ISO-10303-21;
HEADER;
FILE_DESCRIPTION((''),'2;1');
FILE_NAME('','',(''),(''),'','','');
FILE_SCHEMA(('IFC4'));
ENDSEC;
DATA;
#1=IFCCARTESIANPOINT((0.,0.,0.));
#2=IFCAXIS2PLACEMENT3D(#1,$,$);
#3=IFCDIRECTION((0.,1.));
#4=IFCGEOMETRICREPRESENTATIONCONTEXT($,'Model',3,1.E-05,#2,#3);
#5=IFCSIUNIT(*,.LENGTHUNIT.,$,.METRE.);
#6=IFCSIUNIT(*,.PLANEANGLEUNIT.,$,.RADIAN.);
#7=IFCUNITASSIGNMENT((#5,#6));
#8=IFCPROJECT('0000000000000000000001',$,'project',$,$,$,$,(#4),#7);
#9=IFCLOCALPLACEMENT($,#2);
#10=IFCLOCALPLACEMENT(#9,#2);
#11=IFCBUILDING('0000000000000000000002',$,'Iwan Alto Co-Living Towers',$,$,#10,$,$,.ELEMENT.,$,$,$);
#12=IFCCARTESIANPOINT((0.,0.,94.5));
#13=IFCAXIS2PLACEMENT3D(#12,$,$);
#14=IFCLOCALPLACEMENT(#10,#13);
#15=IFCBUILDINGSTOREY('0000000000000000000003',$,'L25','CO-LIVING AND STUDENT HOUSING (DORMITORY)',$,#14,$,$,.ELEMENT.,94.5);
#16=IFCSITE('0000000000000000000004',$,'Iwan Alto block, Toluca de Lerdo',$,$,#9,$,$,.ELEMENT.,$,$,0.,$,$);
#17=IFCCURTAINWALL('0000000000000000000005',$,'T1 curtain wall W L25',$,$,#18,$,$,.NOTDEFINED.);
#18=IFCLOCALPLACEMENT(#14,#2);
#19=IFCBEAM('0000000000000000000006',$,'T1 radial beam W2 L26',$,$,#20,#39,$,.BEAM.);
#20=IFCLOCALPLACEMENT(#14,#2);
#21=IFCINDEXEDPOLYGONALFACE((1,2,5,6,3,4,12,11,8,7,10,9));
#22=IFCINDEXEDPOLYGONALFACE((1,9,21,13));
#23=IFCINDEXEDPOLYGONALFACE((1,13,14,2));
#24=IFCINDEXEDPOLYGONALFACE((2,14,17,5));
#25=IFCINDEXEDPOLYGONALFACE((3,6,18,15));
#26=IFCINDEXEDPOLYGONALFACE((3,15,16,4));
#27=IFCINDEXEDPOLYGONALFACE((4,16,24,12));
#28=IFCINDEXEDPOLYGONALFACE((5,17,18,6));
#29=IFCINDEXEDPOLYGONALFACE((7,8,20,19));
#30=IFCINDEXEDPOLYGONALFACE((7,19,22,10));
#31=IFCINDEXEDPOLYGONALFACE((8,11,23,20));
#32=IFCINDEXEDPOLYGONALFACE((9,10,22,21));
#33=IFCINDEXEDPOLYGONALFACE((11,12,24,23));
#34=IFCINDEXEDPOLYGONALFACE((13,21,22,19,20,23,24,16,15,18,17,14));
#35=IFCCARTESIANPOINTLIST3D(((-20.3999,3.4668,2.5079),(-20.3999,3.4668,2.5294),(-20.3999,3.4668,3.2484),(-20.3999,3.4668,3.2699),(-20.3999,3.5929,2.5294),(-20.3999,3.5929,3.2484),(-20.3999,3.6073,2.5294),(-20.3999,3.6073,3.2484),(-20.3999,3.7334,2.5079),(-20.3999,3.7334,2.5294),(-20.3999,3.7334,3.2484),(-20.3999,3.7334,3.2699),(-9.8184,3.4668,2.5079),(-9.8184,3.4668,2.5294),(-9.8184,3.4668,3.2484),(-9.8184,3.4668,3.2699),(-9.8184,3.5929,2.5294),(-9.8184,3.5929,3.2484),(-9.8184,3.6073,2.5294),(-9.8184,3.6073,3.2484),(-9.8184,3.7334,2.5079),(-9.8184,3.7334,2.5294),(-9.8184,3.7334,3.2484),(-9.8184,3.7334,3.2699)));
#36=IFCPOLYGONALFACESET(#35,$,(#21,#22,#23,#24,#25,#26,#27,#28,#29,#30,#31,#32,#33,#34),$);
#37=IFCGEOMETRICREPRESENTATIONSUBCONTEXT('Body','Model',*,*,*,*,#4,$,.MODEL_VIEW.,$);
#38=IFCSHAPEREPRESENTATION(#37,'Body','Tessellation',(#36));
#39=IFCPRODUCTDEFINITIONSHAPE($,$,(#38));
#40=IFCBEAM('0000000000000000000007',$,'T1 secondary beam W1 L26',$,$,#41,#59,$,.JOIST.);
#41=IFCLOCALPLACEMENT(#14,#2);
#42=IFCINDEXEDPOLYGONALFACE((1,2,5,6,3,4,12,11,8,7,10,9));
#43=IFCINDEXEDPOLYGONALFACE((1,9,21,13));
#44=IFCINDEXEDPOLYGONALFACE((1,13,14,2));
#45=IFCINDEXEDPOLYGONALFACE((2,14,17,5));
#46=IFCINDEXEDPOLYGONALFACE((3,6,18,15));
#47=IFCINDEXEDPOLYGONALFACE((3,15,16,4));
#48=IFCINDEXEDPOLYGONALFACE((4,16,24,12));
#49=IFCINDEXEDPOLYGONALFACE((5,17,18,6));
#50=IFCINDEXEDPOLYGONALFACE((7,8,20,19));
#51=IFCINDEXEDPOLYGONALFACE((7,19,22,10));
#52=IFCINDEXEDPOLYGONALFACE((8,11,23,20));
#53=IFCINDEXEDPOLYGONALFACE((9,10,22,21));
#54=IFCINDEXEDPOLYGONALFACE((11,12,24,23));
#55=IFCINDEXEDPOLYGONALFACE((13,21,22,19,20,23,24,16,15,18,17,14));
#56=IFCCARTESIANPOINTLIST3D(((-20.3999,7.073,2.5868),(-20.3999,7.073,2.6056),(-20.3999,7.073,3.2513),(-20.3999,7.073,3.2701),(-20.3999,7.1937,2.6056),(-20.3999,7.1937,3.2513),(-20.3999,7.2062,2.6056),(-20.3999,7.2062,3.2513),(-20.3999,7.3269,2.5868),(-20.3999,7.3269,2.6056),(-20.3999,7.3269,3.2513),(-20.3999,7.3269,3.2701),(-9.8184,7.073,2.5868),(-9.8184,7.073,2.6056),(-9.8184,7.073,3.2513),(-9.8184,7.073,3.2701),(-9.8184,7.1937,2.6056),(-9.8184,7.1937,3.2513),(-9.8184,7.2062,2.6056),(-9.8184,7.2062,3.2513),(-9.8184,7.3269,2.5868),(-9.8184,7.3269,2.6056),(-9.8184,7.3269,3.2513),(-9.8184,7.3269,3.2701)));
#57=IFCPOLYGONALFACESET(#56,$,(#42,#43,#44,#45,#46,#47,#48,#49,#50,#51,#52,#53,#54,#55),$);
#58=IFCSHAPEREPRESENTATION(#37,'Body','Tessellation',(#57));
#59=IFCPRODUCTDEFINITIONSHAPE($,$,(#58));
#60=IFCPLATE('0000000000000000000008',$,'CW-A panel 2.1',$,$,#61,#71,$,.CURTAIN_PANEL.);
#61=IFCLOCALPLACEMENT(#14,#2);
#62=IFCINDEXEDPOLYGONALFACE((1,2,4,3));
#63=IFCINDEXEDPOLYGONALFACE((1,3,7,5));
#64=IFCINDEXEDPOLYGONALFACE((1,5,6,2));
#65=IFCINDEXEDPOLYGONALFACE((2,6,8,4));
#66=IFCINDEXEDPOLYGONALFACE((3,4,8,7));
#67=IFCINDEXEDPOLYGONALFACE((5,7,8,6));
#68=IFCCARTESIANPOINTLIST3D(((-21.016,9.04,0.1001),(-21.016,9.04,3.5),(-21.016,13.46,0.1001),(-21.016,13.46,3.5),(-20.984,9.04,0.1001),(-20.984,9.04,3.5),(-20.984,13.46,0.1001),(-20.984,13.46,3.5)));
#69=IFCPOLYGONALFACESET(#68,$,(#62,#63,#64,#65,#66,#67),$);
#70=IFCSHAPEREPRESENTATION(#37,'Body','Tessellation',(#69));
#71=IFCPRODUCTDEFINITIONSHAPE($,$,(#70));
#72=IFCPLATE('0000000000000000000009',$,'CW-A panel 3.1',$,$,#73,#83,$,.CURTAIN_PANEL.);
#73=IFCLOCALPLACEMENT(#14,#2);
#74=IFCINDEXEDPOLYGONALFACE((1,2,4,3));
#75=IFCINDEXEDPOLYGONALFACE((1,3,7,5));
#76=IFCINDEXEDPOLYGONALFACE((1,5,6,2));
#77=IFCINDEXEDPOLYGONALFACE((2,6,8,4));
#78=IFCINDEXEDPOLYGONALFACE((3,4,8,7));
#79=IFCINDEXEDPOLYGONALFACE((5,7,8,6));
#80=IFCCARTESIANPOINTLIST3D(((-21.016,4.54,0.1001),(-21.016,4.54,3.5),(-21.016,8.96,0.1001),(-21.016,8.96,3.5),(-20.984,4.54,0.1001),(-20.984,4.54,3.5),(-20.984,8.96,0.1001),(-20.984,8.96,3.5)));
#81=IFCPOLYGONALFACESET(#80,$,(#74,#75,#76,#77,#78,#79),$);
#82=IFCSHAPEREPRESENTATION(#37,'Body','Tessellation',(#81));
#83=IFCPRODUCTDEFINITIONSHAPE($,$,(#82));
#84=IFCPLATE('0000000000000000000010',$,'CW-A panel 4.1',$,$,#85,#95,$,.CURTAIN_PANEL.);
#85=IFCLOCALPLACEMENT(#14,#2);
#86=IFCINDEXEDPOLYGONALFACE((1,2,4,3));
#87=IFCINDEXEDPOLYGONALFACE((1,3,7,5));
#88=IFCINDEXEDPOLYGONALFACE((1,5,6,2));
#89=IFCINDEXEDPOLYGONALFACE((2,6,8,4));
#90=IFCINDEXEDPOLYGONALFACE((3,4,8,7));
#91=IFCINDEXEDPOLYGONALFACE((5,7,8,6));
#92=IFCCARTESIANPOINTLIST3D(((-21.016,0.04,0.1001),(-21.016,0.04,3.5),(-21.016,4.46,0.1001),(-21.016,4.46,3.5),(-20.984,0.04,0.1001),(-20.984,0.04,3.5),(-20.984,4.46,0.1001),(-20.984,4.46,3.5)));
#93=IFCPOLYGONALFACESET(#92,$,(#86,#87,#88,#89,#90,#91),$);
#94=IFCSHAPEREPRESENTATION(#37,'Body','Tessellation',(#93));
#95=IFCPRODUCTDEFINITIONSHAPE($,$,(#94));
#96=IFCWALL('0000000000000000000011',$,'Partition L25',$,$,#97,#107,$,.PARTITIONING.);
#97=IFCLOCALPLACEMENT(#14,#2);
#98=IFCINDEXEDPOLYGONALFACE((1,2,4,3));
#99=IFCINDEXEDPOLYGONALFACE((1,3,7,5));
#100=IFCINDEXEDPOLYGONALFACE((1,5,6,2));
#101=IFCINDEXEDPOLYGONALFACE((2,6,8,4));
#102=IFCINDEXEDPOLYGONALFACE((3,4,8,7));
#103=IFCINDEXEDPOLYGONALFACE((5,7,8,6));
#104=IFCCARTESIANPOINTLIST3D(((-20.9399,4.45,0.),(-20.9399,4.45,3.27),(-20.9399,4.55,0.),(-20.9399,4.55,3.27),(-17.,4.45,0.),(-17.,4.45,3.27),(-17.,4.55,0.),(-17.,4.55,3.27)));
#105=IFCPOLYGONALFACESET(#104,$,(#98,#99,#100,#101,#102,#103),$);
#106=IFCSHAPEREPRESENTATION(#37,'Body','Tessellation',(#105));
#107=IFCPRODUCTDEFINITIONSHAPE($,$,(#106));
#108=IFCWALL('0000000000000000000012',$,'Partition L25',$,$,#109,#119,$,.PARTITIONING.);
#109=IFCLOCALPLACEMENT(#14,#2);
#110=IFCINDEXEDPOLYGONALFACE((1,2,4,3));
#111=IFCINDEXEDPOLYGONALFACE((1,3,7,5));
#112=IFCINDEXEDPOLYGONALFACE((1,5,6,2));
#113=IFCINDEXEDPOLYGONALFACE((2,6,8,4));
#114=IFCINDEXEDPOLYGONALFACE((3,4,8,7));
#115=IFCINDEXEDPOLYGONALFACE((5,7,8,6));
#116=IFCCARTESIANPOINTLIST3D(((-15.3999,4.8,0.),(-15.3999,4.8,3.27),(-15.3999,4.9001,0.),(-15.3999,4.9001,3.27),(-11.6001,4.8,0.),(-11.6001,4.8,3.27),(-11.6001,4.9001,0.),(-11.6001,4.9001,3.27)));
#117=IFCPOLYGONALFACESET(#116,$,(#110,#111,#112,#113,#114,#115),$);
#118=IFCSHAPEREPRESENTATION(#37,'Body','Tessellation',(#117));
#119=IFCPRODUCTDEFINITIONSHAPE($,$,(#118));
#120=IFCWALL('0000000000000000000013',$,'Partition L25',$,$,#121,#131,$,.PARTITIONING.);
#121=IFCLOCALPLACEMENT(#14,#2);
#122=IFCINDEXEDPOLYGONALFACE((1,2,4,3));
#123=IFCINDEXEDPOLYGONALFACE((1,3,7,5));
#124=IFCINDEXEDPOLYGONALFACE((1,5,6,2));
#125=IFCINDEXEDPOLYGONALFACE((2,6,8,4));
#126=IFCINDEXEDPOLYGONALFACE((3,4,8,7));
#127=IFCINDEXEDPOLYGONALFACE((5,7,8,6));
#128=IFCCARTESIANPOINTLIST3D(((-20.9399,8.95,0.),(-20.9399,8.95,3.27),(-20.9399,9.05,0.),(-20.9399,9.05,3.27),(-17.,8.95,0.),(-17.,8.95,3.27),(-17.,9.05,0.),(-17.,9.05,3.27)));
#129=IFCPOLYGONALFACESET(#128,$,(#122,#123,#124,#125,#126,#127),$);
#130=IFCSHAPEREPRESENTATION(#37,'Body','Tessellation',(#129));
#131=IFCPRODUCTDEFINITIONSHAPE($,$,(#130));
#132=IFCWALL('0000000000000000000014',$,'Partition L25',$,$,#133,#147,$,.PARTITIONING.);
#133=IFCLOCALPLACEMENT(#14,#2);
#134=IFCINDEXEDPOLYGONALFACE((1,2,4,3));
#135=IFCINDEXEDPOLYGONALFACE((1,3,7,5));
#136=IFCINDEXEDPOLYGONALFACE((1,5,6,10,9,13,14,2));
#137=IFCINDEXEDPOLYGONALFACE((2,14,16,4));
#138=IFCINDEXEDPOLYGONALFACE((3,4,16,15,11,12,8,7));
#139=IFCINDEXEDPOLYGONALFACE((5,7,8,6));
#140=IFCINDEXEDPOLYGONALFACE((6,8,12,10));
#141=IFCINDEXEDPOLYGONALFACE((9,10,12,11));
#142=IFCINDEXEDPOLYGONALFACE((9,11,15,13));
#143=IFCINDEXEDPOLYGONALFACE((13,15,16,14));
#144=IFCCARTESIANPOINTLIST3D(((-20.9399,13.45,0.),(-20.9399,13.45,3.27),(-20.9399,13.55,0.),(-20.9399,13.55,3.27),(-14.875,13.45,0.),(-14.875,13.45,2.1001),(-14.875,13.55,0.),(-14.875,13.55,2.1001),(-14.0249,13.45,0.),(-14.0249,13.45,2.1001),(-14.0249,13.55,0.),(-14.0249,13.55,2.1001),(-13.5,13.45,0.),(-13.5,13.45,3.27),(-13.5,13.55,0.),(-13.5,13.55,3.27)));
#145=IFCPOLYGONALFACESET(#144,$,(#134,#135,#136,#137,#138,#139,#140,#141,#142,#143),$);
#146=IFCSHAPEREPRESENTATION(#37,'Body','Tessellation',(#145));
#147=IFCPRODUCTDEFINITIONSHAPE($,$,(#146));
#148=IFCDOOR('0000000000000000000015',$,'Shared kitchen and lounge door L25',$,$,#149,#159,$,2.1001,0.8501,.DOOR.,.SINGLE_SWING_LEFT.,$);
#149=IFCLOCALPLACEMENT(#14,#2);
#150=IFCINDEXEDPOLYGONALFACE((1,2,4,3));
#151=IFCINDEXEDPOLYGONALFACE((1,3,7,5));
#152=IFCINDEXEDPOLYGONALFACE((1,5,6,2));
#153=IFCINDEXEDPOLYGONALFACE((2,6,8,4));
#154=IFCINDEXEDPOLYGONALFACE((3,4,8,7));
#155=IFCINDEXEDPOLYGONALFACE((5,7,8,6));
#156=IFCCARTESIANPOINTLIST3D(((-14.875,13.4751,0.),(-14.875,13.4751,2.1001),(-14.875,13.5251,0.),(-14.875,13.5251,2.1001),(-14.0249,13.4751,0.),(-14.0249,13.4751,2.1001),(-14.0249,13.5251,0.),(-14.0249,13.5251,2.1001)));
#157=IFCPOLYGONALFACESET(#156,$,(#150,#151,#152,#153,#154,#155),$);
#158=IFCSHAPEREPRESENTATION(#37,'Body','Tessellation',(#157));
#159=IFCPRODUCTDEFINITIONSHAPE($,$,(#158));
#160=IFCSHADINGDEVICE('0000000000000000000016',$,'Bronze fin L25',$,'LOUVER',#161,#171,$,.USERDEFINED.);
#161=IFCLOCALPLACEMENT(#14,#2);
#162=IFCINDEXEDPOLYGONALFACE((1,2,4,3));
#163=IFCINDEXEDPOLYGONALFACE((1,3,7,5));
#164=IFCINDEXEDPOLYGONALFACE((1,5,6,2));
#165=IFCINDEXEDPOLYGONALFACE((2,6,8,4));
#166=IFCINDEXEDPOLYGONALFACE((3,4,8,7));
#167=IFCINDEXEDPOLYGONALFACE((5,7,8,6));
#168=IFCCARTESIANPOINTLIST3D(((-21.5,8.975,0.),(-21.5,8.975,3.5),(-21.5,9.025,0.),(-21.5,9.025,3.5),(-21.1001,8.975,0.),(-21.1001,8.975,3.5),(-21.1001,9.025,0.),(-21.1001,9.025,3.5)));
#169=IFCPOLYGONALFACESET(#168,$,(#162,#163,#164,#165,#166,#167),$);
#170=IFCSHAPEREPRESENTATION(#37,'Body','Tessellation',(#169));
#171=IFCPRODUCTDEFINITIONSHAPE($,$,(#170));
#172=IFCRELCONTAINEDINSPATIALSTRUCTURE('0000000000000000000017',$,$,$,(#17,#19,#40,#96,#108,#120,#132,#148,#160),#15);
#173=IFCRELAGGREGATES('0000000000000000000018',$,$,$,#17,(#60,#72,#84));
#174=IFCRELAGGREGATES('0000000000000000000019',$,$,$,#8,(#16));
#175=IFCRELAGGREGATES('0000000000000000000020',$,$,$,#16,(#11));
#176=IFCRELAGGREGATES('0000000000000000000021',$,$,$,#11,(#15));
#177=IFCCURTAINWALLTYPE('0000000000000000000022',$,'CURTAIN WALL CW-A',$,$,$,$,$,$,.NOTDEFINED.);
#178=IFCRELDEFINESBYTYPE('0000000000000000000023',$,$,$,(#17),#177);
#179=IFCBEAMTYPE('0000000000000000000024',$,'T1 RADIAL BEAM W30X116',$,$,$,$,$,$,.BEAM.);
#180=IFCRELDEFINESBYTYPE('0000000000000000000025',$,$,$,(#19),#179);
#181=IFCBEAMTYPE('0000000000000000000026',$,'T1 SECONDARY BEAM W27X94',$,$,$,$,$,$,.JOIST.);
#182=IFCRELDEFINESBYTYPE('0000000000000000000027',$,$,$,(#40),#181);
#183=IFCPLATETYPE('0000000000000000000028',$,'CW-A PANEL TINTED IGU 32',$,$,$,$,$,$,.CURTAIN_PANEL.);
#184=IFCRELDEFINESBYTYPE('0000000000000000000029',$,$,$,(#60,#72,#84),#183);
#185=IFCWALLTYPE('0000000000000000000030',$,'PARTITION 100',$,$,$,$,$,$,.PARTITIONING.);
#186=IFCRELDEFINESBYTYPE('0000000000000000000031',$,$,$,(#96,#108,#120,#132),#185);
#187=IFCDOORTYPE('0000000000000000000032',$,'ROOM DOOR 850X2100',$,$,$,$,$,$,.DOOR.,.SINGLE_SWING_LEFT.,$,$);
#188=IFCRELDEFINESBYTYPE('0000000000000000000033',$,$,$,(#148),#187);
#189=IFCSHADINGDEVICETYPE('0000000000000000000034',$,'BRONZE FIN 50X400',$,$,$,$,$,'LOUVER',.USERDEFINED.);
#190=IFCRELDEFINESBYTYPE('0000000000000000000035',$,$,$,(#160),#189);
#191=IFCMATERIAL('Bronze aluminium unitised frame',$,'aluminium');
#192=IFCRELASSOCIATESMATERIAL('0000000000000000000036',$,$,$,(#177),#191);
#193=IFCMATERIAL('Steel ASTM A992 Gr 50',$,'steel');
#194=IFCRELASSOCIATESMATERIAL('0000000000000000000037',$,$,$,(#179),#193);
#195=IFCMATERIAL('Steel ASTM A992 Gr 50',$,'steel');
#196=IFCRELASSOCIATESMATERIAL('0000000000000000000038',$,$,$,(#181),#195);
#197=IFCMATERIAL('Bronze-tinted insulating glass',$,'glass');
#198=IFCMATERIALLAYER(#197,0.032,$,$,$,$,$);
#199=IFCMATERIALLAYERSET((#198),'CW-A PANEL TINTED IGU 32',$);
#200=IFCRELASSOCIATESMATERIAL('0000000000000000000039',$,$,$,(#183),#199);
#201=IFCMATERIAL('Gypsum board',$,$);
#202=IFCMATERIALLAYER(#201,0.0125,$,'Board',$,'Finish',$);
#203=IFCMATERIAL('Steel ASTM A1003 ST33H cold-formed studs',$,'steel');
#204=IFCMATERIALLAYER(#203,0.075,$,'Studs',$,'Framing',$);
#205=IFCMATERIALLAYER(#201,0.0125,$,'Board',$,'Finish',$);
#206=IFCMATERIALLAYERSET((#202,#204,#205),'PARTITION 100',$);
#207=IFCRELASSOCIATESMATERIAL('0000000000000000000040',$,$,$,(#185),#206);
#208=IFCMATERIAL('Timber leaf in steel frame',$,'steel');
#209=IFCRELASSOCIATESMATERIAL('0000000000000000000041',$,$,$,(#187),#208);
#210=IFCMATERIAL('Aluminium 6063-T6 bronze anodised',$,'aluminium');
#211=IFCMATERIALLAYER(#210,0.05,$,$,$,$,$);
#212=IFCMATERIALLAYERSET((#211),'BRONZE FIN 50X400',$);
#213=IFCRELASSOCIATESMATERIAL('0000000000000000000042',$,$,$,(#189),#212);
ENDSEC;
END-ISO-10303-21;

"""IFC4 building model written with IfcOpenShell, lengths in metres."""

from ifc_helpers import new_model, si_unit, direction, frame, frame_2d, origin, origin_2d, place, context, subcontext, project, spatial, rectangle, i_section, extrude, material, layer, layer_set, material_profile, profile_set, type_object, element, fill, aggregate, save


model = new_model("IFC4")

# Units and contexts
model_context = context("Model", 3, precision=1e-05, world=origin(), true_north=direction((0.0, 1.0)))
body_context = subcontext(model_context, "Body", "Model", "MODEL_VIEW")
ifc_project = project(units=[si_unit("LENGTHUNIT", "METRE"), si_unit("PLANEANGLEUNIT", "RADIAN")], contexts=[model_context])

# Site, building, storey
site_placement = place(None, origin())
site = spatial("IfcSite", under=ifc_project, at=site_placement, Name="Iwan Alto block, Toluca de Lerdo", CompositionType="ELEMENT", RefElevation=0.0)
building_placement = place(site_placement, origin())
building = spatial("IfcBuilding", under=site, at=building_placement, Name="Iwan Alto Co-Living Towers", CompositionType="ELEMENT")
storey_placement = place(building_placement, frame((0.0, 0.0, 94.5)))
storey = spatial("IfcBuildingStorey", under=building, at=storey_placement, Name="L25", Description="CO-LIVING AND STUDENT HOUSING (DORMITORY)", CompositionType="ELEMENT", Elevation=94.5)

# Curtain wall
ifc_material_1 = material(Name="Bronze aluminium unitised frame", Category="aluminium")
curtain_wall_type = type_object("IfcCurtainWallType", Name="CURTAIN WALL CW-A", PredefinedType="NOTDEFINED", material=ifc_material_1)
curtain_wall_placement = place(storey_placement, origin())
curtain_wall = element("IfcCurtainWall", 1, at=curtain_wall_placement, inside=storey, type_object=curtain_wall_type, Name="T1 curtain wall W L25", PredefinedType="NOTDEFINED")

# Beams
ifc_material_2 = material(Name="Steel ASTM A992 Gr 50", Category="steel")
ifc_material_profile_1 = material_profile(ifc_material_2, i_section(OverallWidth=0.2666, OverallDepth=0.762, WebThickness=0.0144, FlangeThickness=0.0215, at=origin_2d()), Name="W30X116")
ifc_profile_set_1 = profile_set([ifc_material_profile_1], Name="Steel ASTM A992 Gr 50")
beam_type_1 = type_object("IfcBeamType", Name="T1 RADIAL BEAM W30X116", PredefinedType="BEAM", material=ifc_profile_set_1)
beam_1_placement = place(storey_placement, frame((-20.3999, 3.6001, 2.8889), z_axis=(1.0, 0.0, 0.0), x_axis=(0.0, 1.0, 0.0)))
element("IfcBeam", 2, at=beam_1_placement, inside=storey, type_object=beam_type_1, Name="T1 radial beam W2 L26", PredefinedType="BEAM", context=body_context, shape_type="SweptSolid", body=[
    extrude(i_section(OverallWidth=0.2666, OverallDepth=0.762, WebThickness=0.0144, FlangeThickness=0.0215, at=origin_2d()), origin(), (0.0, 0.0, 1.0), 10.5815),
])
ifc_material_3 = material(Name="Steel ASTM A992 Gr 50", Category="steel")
ifc_material_profile_2 = material_profile(ifc_material_3, i_section(OverallWidth=0.2539, OverallDepth=0.6833, WebThickness=0.0125, FlangeThickness=0.0188, at=origin_2d()), Name="W27X94")
ifc_profile_set_2 = profile_set([ifc_material_profile_2], Name="Steel ASTM A992 Gr 50")
beam_type_2 = type_object("IfcBeamType", Name="T1 SECONDARY BEAM W27X94", PredefinedType="JOIST", material=ifc_profile_set_2)
beam_2_placement = place(storey_placement, frame((-20.3999, 7.2, 2.9285), z_axis=(1.0, 0.0, 0.0), x_axis=(0.0, 1.0, 0.0)))
element("IfcBeam", 3, at=beam_2_placement, inside=storey, type_object=beam_type_2, Name="T1 secondary beam W1 L26", PredefinedType="JOIST", context=body_context, shape_type="SweptSolid", body=[
    extrude(i_section(OverallWidth=0.2539, OverallDepth=0.6833, WebThickness=0.0125, FlangeThickness=0.0188, at=origin_2d()), origin(), (0.0, 0.0, 1.0), 10.5815),
])

# Plates
ifc_material_4 = material(Name="Bronze-tinted insulating glass", Category="glass")
ifc_layer_1 = layer(ifc_material_4, 0.032)
ifc_layer_set_1 = layer_set([ifc_layer_1], Name="CW-A PANEL TINTED IGU 32")
plate_type = type_object("IfcPlateType", Name="CW-A PANEL TINTED IGU 32", PredefinedType="CURTAIN_PANEL", material=ifc_layer_set_1)
plate_1_placement = place(storey_placement, frame((-21.0, 11.25, 0.1001), z_axis=(0.0, 0.0, 1.0), x_axis=(0.0, -1.0, 0.0)))
plate_1 = element("IfcPlate", 4, at=plate_1_placement, type_object=plate_type, Name="CW-A panel 2.1", PredefinedType="CURTAIN_PANEL", context=body_context, shape_type="SweptSolid", body=[
    extrude(rectangle(XDim=4.4199, YDim=0.032, at=origin_2d()), origin(), (0.0, 0.0, 1.0), 3.3999),
])
plate_2_placement = place(storey_placement, frame((-21.0, 6.75, 0.1001), z_axis=(0.0, 0.0, 1.0), x_axis=(0.0, -1.0, 0.0)))
plate_2 = element("IfcPlate", 5, at=plate_2_placement, type_object=plate_type, Name="CW-A panel 3.1", PredefinedType="CURTAIN_PANEL", context=body_context, shape_type="SweptSolid", body=[
    extrude(rectangle(XDim=4.4199, YDim=0.032, at=origin_2d()), origin(), (0.0, 0.0, 1.0), 3.3999),
])
plate_3_placement = place(storey_placement, frame((-21.0, 2.25, 0.1001), z_axis=(0.0, 0.0, 1.0), x_axis=(0.0, -1.0, 0.0)))
plate_3 = element("IfcPlate", 6, at=plate_3_placement, type_object=plate_type, Name="CW-A panel 4.1", PredefinedType="CURTAIN_PANEL", context=body_context, shape_type="SweptSolid", body=[
    extrude(rectangle(XDim=4.4199, YDim=0.032, at=origin_2d()), origin(), (0.0, 0.0, 1.0), 3.3999),
])
aggregate(curtain_wall, [plate_1, plate_2, plate_3])

# Walls
ifc_material_5 = material(Name="Gypsum board")
ifc_layer_2 = layer(ifc_material_5, 0.0125, Name="Board", Category="Finish")
ifc_material_6 = material(Name="Steel ASTM A1003 ST33H cold-formed studs", Category="steel")
ifc_layer_3 = layer(ifc_material_6, 0.075, Name="Studs", Category="Framing")
ifc_layer_4 = layer(ifc_material_5, 0.0125, Name="Board", Category="Finish")
ifc_layer_set_2 = layer_set([ifc_layer_2, ifc_layer_3, ifc_layer_4], Name="PARTITION 100")
wall_type = type_object("IfcWallType", Name="PARTITION 100", PredefinedType="PARTITIONING", material=ifc_layer_set_2)
wall_1_placement = place(storey_placement, frame((-20.9399, 4.5, 0.0), z_axis=(0.0, 0.0, 1.0), x_axis=(1.0, 0.0, 0.0)))
element("IfcWall", 7, at=wall_1_placement, inside=storey, type_object=wall_type, Name="Partition L25", PredefinedType="PARTITIONING", context=body_context, shape_type="SweptSolid", body=[
    extrude(rectangle(XDim=3.9399, YDim=0.1001, at=frame_2d((1.97, 0.0))), origin(), (0.0, 0.0, 1.0), 3.27),
])
wall_2_placement = place(storey_placement, frame((-15.3999, 4.8501, 0.0), z_axis=(0.0, 0.0, 1.0), x_axis=(1.0, 0.0, 0.0)))
element("IfcWall", 8, at=wall_2_placement, inside=storey, type_object=wall_type, Name="Partition L25", PredefinedType="PARTITIONING", context=body_context, shape_type="SweptSolid", body=[
    extrude(rectangle(XDim=3.7998, YDim=0.1001, at=frame_2d((1.8999, 0.0))), origin(), (0.0, 0.0, 1.0), 3.27),
])
wall_3_placement = place(storey_placement, frame((-20.9399, 9.0, 0.0), z_axis=(0.0, 0.0, 1.0), x_axis=(1.0, 0.0, 0.0)))
element("IfcWall", 9, at=wall_3_placement, inside=storey, type_object=wall_type, Name="Partition L25", PredefinedType="PARTITIONING", context=body_context, shape_type="SweptSolid", body=[
    extrude(rectangle(XDim=3.9399, YDim=0.1001, at=frame_2d((1.97, 0.0))), origin(), (0.0, 0.0, 1.0), 3.27),
])

# Wall, opening, door
wall_4_placement = place(storey_placement, frame((-20.9399, 13.5, 0.0), z_axis=(0.0, 0.0, 1.0), x_axis=(1.0, 0.0, 0.0)))
wall_4 = element("IfcWall", 10, at=wall_4_placement, inside=storey, type_object=wall_type, Name="Partition L25", PredefinedType="PARTITIONING", context=body_context, shape_type="SweptSolid", body=[
    extrude(rectangle(XDim=7.4399, YDim=0.1001, at=frame_2d((3.72, 0.0))), origin(), (0.0, 0.0, 1.0), 3.27),
])
opening_placement = place(wall_4_placement, frame((6.0649, 0.0, 0.0)))
opening = element("IfcOpeningElement", 11, at=opening_placement, cuts=wall_4, PredefinedType="OPENING", context=body_context, shape_type="SweptSolid", body=[
    extrude(rectangle(XDim=0.8501, YDim=2.1001, at=frame_2d((0.425, 1.05))), frame((0.0, 0.0601, 0.0), z_axis=(0.0, -1.0, 0.0), x_axis=(1.0, 0.0, 0.0)), (0.0, 0.0, 1.0), 0.1201),
])
ifc_material_7 = material(Name="Timber leaf in steel frame", Category="steel")
door_type = type_object("IfcDoorType", Name="ROOM DOOR 850X2100", OperationType="SINGLE_SWING_LEFT", PredefinedType="DOOR", material=ifc_material_7)
door_placement = place(opening_placement, frame((0.8501, 0.0, 0.0), z_axis=(0.0, 0.0, 1.0), x_axis=(-1.0, 0.0, 0.0)))
door = element("IfcDoor", 12, at=door_placement, inside=storey, type_object=door_type, Name="Shared kitchen and lounge door L25", OperationType="SINGLE_SWING_LEFT", OverallHeight=2.1001, OverallWidth=0.8501, PredefinedType="DOOR", context=body_context, shape_type="SweptSolid", body=[
    extrude(rectangle(XDim=0.8501, YDim=2.1001, at=frame_2d((0.425, 1.05))), frame((0.0, 0.0249, 0.0), z_axis=(0.0, -1.0, 0.0), x_axis=(1.0, 0.0, 0.0)), (0.0, 0.0, 1.0), 0.05),
])
fill(opening, door)

# Shading device
ifc_material_8 = material(Name="Aluminium 6063-T6 bronze anodised", Category="aluminium")
ifc_layer_5 = layer(ifc_material_8, 0.05)
ifc_layer_set_3 = layer_set([ifc_layer_5], Name="BRONZE FIN 50X400")
shading_device_type = type_object("IfcShadingDeviceType", Name="BRONZE FIN 50X400", ElementType="LOUVER", PredefinedType="USERDEFINED", material=ifc_layer_set_3)
shading_device_placement = place(storey_placement, frame((-21.3, 9.0, 0.0), z_axis=(0.0, 0.0, 1.0), x_axis=(0.0, -1.0, 0.0)))
element("IfcShadingDevice", 13, at=shading_device_placement, inside=storey, type_object=shading_device_type, Name="Bronze fin L25", ObjectType="LOUVER", PredefinedType="USERDEFINED", context=body_context, shape_type="SweptSolid", body=[
    extrude(rectangle(XDim=0.05, YDim=0.3999, at=origin_2d()), origin(), (0.0, 0.0, 1.0), 3.5),
])

save(model, "model.ifc")
